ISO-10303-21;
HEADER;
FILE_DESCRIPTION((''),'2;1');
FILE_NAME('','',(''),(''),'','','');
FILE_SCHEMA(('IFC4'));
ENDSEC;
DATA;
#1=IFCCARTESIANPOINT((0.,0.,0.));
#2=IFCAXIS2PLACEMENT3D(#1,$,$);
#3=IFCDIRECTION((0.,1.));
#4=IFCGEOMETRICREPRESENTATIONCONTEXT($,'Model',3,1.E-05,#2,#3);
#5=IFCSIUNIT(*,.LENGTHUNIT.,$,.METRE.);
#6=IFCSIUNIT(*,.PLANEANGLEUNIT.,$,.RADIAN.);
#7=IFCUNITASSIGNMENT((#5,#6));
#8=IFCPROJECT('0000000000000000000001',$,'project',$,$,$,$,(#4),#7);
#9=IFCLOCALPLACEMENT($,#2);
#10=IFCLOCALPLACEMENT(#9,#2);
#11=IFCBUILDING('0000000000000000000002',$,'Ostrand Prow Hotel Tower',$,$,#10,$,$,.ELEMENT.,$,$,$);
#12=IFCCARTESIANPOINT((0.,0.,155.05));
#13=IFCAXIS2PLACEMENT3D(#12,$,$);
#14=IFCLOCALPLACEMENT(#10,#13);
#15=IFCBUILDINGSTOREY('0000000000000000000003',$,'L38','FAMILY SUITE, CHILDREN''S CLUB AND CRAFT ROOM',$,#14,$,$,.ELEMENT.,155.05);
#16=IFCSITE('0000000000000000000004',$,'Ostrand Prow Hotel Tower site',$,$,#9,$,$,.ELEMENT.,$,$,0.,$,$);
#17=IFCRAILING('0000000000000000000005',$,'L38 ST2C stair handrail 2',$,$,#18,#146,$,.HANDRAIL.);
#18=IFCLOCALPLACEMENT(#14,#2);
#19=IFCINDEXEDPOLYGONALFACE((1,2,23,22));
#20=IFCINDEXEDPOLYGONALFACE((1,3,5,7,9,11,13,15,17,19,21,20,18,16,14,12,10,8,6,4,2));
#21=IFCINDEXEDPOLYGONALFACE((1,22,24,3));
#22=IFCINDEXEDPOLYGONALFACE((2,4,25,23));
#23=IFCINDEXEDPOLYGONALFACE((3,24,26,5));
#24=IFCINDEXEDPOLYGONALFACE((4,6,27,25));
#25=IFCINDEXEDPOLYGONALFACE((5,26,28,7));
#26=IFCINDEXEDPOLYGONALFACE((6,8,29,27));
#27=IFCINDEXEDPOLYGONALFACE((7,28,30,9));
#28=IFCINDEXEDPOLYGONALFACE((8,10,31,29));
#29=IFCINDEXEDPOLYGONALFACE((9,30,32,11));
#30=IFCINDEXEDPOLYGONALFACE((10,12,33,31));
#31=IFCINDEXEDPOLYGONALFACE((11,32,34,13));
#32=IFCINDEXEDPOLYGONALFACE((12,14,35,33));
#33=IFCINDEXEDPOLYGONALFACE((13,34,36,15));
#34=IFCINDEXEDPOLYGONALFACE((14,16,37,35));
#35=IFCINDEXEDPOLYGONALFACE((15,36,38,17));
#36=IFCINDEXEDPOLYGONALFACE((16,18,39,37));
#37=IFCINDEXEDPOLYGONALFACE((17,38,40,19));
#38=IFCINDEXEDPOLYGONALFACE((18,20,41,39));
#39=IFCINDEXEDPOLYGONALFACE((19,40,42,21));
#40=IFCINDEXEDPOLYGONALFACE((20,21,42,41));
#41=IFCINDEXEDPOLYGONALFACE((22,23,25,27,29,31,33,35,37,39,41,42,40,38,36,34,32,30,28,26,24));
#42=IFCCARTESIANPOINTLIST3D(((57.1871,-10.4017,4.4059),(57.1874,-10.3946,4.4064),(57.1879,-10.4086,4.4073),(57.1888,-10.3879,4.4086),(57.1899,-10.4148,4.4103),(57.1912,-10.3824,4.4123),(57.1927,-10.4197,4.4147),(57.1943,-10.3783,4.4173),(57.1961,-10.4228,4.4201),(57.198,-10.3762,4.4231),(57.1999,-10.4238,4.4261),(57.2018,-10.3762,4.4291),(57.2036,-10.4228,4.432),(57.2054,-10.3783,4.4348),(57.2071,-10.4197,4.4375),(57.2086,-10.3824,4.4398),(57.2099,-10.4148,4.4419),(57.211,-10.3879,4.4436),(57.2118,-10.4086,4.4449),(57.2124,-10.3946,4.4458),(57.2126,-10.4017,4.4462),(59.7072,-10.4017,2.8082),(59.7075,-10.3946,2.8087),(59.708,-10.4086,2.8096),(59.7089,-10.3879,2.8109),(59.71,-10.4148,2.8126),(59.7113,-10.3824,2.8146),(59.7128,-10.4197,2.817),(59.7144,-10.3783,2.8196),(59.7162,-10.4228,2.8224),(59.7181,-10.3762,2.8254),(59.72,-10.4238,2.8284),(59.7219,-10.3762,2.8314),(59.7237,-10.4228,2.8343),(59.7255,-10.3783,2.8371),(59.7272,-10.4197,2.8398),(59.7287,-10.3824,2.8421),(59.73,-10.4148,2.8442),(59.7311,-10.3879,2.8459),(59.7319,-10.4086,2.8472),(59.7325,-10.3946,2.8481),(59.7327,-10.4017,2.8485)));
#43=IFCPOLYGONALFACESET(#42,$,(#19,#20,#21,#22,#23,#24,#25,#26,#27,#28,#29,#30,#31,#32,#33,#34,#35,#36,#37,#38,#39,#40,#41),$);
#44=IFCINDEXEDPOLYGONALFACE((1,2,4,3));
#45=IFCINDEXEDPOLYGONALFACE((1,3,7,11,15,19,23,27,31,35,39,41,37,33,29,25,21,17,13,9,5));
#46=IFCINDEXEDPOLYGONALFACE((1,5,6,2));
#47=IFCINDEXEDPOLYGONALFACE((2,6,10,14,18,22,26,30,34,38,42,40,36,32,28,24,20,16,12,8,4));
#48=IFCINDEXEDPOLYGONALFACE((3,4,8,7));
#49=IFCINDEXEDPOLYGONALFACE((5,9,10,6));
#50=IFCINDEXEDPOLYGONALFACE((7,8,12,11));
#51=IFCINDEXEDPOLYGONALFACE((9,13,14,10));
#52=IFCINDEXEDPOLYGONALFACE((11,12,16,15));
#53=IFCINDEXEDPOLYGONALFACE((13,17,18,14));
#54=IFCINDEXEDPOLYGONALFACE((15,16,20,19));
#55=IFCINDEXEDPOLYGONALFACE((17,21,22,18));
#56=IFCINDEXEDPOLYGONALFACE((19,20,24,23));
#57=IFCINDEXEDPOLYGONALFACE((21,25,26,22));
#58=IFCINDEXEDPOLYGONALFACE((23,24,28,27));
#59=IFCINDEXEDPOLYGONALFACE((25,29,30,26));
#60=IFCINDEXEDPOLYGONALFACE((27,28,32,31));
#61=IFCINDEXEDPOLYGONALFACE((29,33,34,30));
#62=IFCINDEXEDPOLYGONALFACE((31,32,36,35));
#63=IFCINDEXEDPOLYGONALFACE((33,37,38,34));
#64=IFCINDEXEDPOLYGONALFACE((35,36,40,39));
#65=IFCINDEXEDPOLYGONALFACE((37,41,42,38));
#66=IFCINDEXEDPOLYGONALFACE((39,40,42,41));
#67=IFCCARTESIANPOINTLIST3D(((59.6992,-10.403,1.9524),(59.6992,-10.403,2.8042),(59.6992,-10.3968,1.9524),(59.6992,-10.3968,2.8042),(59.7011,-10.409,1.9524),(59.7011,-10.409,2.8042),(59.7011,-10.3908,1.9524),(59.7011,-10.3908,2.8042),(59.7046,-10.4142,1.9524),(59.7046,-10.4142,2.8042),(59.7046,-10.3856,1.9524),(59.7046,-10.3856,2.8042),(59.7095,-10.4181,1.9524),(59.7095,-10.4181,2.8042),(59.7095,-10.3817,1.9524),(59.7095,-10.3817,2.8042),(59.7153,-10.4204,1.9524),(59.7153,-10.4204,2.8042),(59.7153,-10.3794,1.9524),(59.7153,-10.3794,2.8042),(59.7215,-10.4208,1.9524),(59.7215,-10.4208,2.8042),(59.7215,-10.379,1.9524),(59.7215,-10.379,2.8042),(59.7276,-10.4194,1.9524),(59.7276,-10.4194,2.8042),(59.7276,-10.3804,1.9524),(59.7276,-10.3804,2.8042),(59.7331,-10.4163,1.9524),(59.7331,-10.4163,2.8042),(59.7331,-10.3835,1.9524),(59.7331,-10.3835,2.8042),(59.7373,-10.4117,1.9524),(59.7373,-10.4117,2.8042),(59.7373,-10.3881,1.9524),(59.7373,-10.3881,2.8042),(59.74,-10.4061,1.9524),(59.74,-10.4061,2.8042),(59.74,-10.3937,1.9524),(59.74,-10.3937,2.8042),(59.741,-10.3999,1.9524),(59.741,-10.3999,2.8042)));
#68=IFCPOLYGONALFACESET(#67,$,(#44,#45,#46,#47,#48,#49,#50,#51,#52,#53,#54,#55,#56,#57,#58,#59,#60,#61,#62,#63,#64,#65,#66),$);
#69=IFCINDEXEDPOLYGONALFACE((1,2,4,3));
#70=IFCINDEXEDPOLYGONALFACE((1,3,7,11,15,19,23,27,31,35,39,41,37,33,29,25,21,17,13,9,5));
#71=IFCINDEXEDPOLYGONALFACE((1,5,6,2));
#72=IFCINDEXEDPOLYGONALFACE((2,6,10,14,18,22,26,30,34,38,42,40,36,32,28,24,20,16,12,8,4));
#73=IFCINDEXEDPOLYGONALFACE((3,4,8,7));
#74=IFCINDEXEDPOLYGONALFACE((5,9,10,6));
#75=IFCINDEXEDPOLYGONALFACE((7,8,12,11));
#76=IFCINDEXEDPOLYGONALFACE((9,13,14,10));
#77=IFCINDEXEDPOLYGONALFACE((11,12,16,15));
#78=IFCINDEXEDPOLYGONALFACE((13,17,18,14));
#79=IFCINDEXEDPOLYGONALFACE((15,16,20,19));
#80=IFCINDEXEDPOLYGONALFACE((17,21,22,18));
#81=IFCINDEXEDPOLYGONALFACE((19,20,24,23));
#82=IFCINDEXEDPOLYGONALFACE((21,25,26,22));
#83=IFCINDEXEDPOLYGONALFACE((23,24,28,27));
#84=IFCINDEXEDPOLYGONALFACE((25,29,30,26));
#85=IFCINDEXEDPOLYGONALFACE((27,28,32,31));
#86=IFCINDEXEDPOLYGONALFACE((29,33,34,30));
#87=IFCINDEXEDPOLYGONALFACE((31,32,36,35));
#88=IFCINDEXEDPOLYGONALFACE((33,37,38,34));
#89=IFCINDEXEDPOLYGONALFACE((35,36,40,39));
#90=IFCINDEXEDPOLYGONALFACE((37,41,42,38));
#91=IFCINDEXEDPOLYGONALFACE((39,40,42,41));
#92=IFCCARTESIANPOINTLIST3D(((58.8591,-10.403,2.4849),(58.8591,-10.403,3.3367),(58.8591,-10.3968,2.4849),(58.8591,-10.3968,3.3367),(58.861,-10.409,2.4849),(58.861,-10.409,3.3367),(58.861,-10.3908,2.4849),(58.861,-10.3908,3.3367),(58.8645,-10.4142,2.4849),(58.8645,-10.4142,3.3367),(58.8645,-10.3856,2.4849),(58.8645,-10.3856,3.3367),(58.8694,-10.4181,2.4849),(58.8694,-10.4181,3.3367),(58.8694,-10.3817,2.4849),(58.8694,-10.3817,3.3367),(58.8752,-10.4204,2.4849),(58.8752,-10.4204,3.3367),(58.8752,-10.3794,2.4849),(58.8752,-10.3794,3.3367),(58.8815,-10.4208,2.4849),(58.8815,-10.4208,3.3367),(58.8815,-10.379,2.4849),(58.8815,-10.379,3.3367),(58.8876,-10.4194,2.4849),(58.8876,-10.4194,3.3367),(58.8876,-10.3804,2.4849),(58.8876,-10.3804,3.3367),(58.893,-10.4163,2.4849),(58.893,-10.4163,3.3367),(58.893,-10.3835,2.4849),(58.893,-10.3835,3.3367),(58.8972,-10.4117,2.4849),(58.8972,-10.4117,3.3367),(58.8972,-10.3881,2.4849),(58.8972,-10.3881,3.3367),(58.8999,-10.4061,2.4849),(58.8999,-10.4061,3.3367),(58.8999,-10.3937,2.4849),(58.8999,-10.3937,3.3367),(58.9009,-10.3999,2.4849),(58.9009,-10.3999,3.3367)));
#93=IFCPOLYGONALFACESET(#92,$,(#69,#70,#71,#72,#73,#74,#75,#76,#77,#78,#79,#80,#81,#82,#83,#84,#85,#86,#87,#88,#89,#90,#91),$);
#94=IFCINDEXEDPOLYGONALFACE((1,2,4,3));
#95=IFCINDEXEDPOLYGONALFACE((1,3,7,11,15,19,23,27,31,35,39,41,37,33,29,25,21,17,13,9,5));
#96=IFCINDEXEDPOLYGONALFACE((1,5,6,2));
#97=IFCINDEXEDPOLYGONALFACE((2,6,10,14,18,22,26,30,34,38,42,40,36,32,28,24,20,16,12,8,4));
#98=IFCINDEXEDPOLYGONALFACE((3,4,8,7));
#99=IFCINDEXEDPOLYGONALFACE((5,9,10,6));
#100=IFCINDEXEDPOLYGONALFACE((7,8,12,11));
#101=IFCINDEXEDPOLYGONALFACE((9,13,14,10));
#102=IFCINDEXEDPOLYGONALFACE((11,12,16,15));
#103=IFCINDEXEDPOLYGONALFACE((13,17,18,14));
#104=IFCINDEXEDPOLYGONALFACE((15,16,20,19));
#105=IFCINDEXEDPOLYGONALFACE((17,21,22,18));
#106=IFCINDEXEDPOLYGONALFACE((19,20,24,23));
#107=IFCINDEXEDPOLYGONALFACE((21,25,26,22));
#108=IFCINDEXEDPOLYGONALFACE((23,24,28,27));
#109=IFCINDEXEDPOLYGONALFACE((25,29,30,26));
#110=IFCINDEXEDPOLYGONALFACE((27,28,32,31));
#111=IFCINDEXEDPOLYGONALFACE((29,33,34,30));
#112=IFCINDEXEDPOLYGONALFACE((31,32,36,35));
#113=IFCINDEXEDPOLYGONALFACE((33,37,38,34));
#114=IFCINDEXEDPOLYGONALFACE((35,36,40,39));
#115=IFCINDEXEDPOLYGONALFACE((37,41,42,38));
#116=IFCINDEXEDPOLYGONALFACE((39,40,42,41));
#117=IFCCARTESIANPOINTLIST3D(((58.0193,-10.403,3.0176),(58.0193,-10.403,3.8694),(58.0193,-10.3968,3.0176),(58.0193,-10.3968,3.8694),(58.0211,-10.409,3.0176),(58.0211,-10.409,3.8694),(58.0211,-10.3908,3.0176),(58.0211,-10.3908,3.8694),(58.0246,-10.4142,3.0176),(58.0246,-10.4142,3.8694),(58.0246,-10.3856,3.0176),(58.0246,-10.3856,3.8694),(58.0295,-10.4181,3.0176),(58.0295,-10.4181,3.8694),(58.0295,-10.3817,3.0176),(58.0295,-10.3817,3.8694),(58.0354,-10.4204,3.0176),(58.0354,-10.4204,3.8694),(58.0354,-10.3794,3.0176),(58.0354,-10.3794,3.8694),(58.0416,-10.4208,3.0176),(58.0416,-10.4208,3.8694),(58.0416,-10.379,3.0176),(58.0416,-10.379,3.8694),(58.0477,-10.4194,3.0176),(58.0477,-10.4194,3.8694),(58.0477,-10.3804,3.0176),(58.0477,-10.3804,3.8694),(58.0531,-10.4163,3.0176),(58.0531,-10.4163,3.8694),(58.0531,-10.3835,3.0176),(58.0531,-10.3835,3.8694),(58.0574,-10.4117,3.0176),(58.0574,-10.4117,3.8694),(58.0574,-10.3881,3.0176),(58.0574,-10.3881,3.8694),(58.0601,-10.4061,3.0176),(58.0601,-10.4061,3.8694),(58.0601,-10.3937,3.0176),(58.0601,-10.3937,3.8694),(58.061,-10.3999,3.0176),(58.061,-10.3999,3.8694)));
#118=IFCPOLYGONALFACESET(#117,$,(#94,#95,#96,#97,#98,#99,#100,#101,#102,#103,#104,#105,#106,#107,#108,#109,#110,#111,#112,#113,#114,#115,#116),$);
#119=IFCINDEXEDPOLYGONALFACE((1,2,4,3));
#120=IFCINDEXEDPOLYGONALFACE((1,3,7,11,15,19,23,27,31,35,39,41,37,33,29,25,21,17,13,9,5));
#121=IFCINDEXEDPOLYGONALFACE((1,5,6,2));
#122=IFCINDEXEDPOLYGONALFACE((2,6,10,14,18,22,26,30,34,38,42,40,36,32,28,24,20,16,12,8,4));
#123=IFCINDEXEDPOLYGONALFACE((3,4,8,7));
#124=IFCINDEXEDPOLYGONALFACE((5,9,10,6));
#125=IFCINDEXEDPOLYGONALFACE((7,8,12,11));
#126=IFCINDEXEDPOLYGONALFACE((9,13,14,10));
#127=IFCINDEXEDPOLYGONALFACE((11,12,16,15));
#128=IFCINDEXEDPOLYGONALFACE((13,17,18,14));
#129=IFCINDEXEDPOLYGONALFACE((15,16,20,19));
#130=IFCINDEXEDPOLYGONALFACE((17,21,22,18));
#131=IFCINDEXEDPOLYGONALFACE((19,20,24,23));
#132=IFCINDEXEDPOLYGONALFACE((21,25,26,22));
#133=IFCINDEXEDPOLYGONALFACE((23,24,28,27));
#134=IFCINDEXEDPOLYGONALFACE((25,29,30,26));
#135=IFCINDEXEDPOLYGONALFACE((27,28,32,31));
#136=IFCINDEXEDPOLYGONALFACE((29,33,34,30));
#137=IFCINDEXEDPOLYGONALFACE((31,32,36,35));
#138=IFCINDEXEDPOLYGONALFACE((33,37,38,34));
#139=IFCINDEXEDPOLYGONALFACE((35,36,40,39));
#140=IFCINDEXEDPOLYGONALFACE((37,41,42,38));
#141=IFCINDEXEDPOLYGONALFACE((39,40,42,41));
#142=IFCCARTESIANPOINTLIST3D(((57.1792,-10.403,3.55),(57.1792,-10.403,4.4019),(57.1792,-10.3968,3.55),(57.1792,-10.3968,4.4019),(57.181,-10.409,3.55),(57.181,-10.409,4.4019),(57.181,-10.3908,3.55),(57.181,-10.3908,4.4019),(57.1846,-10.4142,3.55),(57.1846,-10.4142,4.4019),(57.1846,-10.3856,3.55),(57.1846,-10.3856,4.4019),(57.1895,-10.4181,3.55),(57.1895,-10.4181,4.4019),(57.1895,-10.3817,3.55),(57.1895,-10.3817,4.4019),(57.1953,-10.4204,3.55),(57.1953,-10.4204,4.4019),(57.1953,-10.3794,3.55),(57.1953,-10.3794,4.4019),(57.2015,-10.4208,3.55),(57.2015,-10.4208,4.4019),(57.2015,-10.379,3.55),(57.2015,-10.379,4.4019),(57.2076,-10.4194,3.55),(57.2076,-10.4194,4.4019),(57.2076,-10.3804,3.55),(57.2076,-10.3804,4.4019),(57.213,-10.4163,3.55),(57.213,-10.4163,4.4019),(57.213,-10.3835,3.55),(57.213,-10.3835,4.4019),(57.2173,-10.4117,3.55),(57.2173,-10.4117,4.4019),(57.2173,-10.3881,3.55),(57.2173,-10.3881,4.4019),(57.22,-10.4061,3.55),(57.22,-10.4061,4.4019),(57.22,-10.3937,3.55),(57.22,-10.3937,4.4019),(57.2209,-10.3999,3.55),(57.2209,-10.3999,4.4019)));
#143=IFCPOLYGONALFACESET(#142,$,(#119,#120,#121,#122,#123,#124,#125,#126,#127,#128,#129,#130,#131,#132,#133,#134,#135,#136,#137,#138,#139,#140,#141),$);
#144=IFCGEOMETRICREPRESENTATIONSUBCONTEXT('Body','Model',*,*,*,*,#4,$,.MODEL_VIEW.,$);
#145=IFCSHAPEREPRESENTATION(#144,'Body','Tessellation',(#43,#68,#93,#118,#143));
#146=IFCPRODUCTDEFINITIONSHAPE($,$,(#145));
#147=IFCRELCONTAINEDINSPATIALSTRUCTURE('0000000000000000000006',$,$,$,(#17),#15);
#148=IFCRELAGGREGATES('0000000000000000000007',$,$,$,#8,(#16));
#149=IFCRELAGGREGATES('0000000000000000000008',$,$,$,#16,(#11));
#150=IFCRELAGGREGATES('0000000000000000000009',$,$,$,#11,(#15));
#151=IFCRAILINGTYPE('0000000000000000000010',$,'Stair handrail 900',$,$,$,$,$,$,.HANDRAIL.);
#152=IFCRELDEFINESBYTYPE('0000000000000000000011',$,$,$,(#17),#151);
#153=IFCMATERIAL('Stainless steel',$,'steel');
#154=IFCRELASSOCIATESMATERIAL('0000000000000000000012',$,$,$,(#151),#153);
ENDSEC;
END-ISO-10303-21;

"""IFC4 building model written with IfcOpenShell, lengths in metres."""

from ifc_helpers import new_model, si_unit, direction, frame, origin, origin_2d, place, context, subcontext, project, spatial, circle, extrude, material, type_object, element, save


model = new_model("IFC4")

# Units and contexts
model_context = context("Model", 3, precision=1e-05, world=origin(), true_north=direction((0.0, 1.0)))
body_context = subcontext(model_context, "Body", "Model", "MODEL_VIEW")
ifc_project = project(units=[si_unit("LENGTHUNIT", "METRE"), si_unit("PLANEANGLEUNIT", "RADIAN")], contexts=[model_context])

# Site, building, storey
site_placement = place(None, origin())
site = spatial("IfcSite", under=ifc_project, at=site_placement, Name="Ostrand Prow Hotel Tower site", CompositionType="ELEMENT", RefElevation=0.0)
building_placement = place(site_placement, origin())
building = spatial("IfcBuilding", under=site, at=building_placement, Name="Ostrand Prow Hotel Tower", CompositionType="ELEMENT")
storey_placement = place(building_placement, frame((0.0, 0.0, 155.05)))
storey = spatial("IfcBuildingStorey", under=building, at=storey_placement, Name="L38", Description="FAMILY SUITE, CHILDREN'S CLUB AND CRAFT ROOM", CompositionType="ELEMENT", Elevation=155.05)

# Railing
ifc_material_1 = material(Name="Stainless steel", Category="steel")
railing_type_1 = type_object("IfcRailingType", Name="Stair handrail 900", PredefinedType="HANDRAIL", material=ifc_material_1)
railing_1_placement = place(storey_placement, frame((59.72, -10.3999, 1.9524)))
element("IfcRailing", 1, at=railing_1_placement, inside=storey, type_object=railing_type_1, Name="L38 ST2C stair handrail 2", PredefinedType="HANDRAIL", context=body_context, shape_type="SweptSolid", body=[
    extrude(circle(Radius=0.0239, at=origin_2d()), frame((0.0, 0.0, 0.876), z_axis=(-0.84457, 0.0, 0.535445), x_axis=(0.0, -1.0, 0.0)), (0.0, 0.0, 1.0), 2.9839),
    extrude(circle(Radius=0.021, at=origin_2d()), origin(), (0.0, 0.0, 1.0), 0.8518),
    extrude(circle(Radius=0.021, at=origin_2d()), frame((-0.8401, 0.0, 0.5325)), (0.0, 0.0, 1.0), 0.8518),
    extrude(circle(Radius=0.021, at=origin_2d()), frame((-1.6799, 0.0, 1.0652)), (0.0, 0.0, 1.0), 0.8518),
    extrude(circle(Radius=0.021, at=origin_2d()), frame((-2.52, 0.0, 1.5977)), (0.0, 0.0, 1.0), 0.8518),
])

save(model, "model.ifc")
